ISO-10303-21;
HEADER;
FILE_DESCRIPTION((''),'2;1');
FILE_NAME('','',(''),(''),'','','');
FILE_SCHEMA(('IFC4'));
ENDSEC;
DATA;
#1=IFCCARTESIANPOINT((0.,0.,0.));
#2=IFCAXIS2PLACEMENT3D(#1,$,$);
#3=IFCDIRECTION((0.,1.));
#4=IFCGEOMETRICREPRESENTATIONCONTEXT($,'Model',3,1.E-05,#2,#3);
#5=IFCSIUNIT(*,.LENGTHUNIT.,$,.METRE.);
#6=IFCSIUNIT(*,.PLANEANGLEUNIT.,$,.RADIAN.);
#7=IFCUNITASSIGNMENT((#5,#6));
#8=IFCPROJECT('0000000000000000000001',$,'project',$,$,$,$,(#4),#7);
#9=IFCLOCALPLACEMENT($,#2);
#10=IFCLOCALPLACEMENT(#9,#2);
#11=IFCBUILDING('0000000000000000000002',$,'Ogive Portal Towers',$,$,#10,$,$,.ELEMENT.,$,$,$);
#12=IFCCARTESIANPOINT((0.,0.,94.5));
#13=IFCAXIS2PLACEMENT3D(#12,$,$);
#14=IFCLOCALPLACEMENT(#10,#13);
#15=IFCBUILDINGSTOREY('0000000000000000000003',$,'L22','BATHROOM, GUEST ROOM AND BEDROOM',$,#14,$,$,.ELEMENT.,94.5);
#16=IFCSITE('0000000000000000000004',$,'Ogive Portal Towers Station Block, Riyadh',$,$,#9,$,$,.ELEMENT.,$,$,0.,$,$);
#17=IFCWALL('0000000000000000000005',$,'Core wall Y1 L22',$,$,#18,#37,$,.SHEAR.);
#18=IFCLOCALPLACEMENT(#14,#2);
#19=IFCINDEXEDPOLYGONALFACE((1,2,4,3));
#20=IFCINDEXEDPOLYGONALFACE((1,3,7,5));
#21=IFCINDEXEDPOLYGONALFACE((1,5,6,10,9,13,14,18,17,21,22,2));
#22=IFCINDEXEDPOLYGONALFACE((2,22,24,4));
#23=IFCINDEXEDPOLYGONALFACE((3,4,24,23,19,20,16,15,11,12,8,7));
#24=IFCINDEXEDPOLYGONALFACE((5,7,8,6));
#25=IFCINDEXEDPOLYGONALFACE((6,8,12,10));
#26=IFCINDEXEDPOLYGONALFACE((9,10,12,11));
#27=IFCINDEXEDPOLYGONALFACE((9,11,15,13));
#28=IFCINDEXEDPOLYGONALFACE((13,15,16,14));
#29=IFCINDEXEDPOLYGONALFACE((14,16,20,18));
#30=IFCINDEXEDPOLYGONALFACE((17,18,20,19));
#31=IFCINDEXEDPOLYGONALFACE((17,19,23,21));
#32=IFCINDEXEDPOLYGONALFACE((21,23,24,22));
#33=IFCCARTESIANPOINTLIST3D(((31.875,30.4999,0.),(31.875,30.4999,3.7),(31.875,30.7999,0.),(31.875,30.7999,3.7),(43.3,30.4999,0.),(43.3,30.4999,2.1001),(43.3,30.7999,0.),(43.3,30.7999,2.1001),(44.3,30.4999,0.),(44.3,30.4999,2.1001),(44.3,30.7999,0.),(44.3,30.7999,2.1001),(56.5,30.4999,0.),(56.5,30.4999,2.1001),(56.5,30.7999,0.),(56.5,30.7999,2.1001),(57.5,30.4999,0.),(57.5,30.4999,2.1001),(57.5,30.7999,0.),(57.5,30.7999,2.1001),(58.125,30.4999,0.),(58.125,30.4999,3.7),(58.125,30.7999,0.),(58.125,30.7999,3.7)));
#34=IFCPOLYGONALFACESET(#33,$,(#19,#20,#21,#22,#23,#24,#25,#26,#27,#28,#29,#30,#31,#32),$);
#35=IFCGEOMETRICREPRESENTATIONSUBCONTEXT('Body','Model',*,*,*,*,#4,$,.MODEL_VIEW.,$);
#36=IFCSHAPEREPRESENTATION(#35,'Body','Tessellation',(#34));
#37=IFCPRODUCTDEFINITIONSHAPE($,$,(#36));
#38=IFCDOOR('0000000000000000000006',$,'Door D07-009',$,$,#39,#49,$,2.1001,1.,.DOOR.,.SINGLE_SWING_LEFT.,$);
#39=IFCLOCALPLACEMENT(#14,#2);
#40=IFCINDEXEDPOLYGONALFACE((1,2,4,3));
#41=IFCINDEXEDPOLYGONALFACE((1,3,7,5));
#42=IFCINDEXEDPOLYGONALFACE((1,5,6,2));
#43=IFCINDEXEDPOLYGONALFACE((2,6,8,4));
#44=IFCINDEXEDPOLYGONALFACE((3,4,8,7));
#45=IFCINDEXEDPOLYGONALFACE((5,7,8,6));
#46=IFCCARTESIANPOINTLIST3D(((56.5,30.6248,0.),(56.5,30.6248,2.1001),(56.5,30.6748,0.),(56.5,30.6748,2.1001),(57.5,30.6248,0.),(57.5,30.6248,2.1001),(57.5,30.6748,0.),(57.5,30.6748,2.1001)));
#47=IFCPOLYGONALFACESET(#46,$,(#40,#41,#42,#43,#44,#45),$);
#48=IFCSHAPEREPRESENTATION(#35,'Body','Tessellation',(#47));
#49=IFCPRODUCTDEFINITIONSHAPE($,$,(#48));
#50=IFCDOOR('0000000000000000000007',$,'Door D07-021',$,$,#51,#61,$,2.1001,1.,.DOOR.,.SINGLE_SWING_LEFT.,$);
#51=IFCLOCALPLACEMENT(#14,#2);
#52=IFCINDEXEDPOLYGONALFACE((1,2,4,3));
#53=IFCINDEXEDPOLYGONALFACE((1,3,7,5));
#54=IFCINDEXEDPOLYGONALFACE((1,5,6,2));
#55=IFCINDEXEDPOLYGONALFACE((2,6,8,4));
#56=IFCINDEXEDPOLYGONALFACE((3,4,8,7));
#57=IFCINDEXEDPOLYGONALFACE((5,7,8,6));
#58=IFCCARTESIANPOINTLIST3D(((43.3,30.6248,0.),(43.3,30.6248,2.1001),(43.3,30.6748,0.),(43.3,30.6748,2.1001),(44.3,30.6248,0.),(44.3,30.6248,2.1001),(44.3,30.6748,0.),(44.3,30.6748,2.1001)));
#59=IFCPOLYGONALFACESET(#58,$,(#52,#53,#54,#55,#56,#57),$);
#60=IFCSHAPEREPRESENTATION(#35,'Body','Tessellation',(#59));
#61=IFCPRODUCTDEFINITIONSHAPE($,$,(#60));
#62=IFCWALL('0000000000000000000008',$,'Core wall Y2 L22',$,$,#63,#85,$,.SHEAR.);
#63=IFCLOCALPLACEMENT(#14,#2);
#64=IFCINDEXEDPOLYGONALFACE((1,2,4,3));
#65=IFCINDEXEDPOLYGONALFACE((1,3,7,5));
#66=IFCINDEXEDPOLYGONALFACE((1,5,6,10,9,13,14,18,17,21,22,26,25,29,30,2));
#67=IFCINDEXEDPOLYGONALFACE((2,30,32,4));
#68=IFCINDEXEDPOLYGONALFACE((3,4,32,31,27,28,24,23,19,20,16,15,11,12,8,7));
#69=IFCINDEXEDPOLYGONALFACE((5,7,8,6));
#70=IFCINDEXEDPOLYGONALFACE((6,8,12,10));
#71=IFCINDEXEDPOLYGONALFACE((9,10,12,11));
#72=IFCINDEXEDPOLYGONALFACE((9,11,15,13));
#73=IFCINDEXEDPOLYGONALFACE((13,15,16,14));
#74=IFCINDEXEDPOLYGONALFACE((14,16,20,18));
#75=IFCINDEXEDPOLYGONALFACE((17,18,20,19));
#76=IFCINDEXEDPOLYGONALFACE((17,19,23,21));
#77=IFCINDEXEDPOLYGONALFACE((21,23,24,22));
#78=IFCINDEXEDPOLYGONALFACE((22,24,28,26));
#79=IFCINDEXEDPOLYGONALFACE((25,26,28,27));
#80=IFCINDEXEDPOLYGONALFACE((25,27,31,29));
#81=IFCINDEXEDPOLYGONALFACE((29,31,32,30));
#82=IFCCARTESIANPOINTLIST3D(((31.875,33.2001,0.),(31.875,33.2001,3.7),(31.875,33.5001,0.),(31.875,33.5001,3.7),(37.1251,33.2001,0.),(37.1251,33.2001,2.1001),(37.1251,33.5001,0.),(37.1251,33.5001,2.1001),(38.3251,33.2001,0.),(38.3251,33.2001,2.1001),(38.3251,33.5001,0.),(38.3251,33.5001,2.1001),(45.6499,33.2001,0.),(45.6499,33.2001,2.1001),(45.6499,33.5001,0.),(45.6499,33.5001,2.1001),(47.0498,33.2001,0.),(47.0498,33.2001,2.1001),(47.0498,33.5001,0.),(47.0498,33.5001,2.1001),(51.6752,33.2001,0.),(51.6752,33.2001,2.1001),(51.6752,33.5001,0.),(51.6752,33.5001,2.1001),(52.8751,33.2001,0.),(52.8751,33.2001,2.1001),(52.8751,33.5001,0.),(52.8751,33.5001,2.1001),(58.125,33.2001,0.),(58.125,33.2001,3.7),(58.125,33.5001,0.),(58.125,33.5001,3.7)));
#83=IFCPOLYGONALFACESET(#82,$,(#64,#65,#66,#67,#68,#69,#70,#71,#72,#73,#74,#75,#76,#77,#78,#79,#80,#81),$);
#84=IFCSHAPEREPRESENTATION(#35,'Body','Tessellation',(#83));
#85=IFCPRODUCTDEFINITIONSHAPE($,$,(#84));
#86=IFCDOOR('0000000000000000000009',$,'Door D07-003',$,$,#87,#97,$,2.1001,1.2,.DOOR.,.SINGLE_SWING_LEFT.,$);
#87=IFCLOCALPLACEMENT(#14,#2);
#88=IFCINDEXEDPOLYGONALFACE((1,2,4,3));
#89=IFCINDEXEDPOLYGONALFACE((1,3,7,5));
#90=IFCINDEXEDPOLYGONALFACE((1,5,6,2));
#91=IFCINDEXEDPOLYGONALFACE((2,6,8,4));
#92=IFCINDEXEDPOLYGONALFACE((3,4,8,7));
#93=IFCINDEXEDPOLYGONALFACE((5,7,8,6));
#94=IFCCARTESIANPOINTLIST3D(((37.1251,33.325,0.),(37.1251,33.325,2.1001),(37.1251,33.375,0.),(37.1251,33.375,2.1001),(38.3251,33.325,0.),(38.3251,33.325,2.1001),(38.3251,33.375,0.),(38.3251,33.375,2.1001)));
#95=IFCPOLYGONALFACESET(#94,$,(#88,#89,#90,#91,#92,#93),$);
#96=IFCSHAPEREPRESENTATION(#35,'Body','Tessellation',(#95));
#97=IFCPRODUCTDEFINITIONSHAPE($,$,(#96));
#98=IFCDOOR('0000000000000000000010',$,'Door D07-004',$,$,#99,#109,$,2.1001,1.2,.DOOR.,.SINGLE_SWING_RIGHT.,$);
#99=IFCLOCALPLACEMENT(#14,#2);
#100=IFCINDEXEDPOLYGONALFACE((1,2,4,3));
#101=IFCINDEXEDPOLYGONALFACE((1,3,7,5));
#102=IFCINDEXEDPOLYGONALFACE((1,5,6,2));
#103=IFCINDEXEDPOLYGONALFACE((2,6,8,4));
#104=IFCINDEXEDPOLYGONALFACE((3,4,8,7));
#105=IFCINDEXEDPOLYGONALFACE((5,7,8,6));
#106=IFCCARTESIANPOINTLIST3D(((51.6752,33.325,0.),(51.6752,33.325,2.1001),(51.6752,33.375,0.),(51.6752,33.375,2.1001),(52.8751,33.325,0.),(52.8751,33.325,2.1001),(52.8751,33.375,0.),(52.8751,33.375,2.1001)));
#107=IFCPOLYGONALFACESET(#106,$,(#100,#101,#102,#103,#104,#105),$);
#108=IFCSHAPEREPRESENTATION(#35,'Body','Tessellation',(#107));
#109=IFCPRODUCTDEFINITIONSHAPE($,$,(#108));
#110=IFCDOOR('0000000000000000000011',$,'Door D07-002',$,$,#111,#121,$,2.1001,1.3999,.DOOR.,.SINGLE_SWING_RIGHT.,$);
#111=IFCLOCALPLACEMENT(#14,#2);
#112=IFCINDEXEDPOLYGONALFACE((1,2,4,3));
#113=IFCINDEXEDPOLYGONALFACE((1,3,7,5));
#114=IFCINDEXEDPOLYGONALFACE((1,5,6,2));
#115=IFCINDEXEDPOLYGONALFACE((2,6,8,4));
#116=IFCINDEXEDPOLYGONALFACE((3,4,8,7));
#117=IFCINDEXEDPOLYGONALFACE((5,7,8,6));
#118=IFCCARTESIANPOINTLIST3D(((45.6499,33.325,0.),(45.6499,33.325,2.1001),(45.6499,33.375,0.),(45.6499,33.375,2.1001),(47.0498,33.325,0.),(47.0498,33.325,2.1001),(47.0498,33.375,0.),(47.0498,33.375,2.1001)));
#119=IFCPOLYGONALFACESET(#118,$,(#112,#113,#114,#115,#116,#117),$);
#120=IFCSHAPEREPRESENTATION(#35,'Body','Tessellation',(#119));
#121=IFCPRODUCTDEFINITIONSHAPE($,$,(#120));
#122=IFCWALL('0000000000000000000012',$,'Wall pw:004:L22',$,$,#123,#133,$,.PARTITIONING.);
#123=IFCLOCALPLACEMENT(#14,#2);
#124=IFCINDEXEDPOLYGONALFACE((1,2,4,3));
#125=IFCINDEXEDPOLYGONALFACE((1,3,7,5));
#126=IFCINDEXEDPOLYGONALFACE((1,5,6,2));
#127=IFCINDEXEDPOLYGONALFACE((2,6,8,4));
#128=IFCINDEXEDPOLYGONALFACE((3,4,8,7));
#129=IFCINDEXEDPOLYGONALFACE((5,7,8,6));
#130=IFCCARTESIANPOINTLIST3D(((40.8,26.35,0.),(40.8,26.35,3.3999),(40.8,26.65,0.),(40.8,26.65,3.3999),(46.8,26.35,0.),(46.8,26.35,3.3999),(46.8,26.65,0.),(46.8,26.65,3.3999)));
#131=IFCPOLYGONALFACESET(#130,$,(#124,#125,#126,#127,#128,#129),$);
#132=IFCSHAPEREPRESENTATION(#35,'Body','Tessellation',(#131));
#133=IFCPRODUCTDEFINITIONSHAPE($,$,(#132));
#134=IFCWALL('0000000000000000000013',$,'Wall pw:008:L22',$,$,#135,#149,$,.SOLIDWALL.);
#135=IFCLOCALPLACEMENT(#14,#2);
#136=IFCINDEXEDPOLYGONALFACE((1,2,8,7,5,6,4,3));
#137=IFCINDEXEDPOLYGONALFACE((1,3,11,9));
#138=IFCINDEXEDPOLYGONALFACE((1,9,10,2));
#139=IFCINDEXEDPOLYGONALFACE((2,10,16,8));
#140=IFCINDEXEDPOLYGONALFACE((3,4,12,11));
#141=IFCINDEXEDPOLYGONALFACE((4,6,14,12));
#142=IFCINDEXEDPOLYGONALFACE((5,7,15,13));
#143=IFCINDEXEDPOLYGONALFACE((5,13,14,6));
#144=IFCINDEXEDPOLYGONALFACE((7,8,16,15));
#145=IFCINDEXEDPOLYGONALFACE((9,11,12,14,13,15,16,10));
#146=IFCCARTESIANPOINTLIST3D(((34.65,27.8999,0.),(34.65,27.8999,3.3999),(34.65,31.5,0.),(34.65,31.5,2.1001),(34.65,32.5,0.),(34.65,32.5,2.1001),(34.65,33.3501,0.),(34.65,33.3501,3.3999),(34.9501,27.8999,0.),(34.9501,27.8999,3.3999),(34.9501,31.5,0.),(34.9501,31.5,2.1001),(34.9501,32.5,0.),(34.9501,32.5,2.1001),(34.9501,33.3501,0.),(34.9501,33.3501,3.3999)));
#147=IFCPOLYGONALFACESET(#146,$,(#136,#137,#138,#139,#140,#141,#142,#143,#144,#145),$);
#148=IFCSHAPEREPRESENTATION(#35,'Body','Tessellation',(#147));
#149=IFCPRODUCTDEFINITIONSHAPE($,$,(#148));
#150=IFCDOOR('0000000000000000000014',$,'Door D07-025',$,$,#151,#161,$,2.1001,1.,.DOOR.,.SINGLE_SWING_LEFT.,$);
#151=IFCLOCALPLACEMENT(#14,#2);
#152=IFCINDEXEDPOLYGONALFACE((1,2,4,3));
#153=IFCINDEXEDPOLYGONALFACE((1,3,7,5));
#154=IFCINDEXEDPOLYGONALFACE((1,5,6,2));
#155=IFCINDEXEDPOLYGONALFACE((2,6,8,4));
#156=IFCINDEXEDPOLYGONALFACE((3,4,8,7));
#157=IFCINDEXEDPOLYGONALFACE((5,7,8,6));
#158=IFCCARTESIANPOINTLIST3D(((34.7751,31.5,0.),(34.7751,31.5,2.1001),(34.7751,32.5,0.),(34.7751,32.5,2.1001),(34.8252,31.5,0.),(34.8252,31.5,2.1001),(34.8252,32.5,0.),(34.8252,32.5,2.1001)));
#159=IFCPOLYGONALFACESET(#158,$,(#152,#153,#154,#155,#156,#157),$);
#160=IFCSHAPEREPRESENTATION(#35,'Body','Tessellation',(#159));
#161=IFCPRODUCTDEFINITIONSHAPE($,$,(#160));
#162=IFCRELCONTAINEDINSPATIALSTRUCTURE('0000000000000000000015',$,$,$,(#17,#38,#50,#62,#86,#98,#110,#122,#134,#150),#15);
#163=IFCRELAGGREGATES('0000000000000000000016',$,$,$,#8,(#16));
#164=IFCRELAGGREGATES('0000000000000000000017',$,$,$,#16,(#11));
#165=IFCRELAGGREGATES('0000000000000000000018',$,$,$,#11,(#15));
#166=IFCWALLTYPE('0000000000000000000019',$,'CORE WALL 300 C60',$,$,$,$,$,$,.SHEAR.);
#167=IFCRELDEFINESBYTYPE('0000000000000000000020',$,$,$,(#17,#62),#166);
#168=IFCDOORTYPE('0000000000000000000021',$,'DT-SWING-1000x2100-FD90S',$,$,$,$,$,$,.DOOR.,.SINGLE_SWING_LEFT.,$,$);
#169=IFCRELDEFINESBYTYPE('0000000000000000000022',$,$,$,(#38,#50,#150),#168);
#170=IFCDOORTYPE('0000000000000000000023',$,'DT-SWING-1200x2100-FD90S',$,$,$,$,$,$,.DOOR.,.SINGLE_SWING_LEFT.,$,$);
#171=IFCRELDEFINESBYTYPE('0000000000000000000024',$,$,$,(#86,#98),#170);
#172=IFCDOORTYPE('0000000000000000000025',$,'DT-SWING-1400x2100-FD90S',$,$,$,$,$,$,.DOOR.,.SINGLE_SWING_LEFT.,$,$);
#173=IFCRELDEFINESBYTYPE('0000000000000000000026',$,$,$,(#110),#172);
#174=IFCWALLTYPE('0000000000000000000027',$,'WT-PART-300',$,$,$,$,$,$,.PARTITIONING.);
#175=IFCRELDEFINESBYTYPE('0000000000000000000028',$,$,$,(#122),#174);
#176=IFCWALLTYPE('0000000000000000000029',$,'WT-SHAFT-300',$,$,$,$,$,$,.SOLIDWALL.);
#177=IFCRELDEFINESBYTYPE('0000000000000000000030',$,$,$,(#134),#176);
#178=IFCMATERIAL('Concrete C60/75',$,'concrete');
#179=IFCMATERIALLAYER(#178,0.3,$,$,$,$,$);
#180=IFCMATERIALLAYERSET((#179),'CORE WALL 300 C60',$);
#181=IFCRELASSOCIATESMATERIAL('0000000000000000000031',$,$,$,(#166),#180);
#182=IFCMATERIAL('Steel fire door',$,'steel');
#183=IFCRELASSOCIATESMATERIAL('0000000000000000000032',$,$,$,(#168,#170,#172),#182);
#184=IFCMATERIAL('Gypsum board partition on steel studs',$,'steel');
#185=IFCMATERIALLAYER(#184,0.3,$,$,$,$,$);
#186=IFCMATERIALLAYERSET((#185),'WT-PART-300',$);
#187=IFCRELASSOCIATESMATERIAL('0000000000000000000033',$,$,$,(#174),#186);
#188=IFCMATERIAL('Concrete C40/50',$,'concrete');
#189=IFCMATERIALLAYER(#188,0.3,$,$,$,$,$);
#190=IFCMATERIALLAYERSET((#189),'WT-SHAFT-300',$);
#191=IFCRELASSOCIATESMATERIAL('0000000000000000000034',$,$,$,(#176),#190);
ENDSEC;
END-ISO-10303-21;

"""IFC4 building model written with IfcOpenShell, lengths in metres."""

from ifc_helpers import new_model, si_unit, direction, frame, frame_2d, origin, place, context, subcontext, project, spatial, rectangle, extrude, material, layer, layer_set, type_object, element, fill, save


model = new_model("IFC4")

# Units and contexts
model_context = context("Model", 3, precision=1e-05, world=origin(), true_north=direction((0.0, 1.0)))
body_context = subcontext(model_context, "Body", "Model", "MODEL_VIEW")
ifc_project = project(units=[si_unit("LENGTHUNIT", "METRE"), si_unit("PLANEANGLEUNIT", "RADIAN")], contexts=[model_context])

# Site, building, storey
site_placement = place(None, origin())
site = spatial("IfcSite", under=ifc_project, at=site_placement, Name="Ogive Portal Towers Station Block, Riyadh", CompositionType="ELEMENT", RefElevation=0.0)
building_placement = place(site_placement, origin())
building = spatial("IfcBuilding", under=site, at=building_placement, Name="Ogive Portal Towers", CompositionType="ELEMENT")
storey_placement = place(building_placement, frame((0.0, 0.0, 94.5)))
storey = spatial("IfcBuildingStorey", under=building, at=storey_placement, Name="L22", Description="BATHROOM, GUEST ROOM AND BEDROOM", CompositionType="ELEMENT", Elevation=94.5)

# Walls, openings, doors
ifc_material_1 = material(Name="Concrete C60/75", Category="concrete")
ifc_layer_1 = layer(ifc_material_1, 0.3)
ifc_layer_set_1 = layer_set([ifc_layer_1], Name="CORE WALL 300 C60")
wall_type_1 = type_object("IfcWallType", Name="CORE WALL 300 C60", PredefinedType="SHEAR", material=ifc_layer_set_1)
wall_1_placement = place(storey_placement, frame((31.875, 30.6499, 0.0), z_axis=(0.0, 0.0, 1.0), x_axis=(1.0, 0.0, 0.0)))
wall_1 = element("IfcWall", 1, at=wall_1_placement, inside=storey, type_object=wall_type_1, Name="Core wall Y1 L22", PredefinedType="SHEAR", context=body_context, shape_type="SweptSolid", body=[
    extrude(rectangle(XDim=26.25, YDim=0.3, at=frame_2d((13.125, 0.0))), origin(), (0.0, 0.0, 1.0), 3.7),
])
opening_1_placement = place(wall_1_placement, frame((24.625, 0.0, 0.0)))
opening_1 = element("IfcOpeningElement", 2, at=opening_1_placement, cuts=wall_1, PredefinedType="OPENING", context=body_context, shape_type="SweptSolid", body=[
    extrude(rectangle(XDim=1.0, YDim=2.1001, at=frame_2d((0.5, 1.05))), frame((0.0, 0.1602, 0.0), z_axis=(0.0, -1.0, 0.0), x_axis=(1.0, 0.0, 0.0)), (0.0, 0.0, 1.0), 0.3201),
])
opening_2_placement = place(wall_1_placement, frame((11.425, 0.0, 0.0)))
opening_2 = element("IfcOpeningElement", 3, at=opening_2_placement, cuts=wall_1, PredefinedType="OPENING", context=body_context, shape_type="SweptSolid", body=[
    extrude(rectangle(XDim=1.0, YDim=2.1001, at=frame_2d((0.5, 1.05))), frame((0.0, 0.1602, 0.0), z_axis=(0.0, -1.0, 0.0), x_axis=(1.0, 0.0, 0.0)), (0.0, 0.0, 1.0), 0.3201),
])
ifc_material_2 = material(Name="Steel fire door", Category="steel")
door_type_1 = type_object("IfcDoorType", Name="DT-SWING-1000x2100-FD90S", OperationType="SINGLE_SWING_LEFT", PredefinedType="DOOR", material=ifc_material_2)
door_1_placement = place(opening_1_placement, origin())
door_1 = element("IfcDoor", 4, at=door_1_placement, inside=storey, type_object=door_type_1, Name="Door D07-009", OperationType="SINGLE_SWING_LEFT", OverallHeight=2.1001, OverallWidth=1.0, PredefinedType="DOOR", context=body_context, shape_type="SweptSolid", body=[
    extrude(rectangle(XDim=1.0, YDim=2.1001, at=frame_2d((0.5, 1.05))), frame((0.0, 0.0249, 0.0), z_axis=(0.0, -1.0, 0.0), x_axis=(1.0, 0.0, 0.0)), (0.0, 0.0, 1.0), 0.05),
])
fill(opening_1, door_1)
door_2_placement = place(opening_2_placement, origin())
door_2 = element("IfcDoor", 5, at=door_2_placement, inside=storey, type_object=door_type_1, Name="Door D07-021", OperationType="SINGLE_SWING_LEFT", OverallHeight=2.1001, OverallWidth=1.0, PredefinedType="DOOR", context=body_context, shape_type="SweptSolid", body=[
    extrude(rectangle(XDim=1.0, YDim=2.1001, at=frame_2d((0.5, 1.05))), frame((0.0, 0.0249, 0.0), z_axis=(0.0, -1.0, 0.0), x_axis=(1.0, 0.0, 0.0)), (0.0, 0.0, 1.0), 0.05),
])
fill(opening_2, door_2)
wall_2_placement = place(storey_placement, frame((31.875, 33.3501, 0.0), z_axis=(0.0, 0.0, 1.0), x_axis=(1.0, 0.0, 0.0)))
wall_2 = element("IfcWall", 6, at=wall_2_placement, inside=storey, type_object=wall_type_1, Name="Core wall Y2 L22", PredefinedType="SHEAR", context=body_context, shape_type="SweptSolid", body=[
    extrude(rectangle(XDim=26.25, YDim=0.3, at=frame_2d((13.125, 0.0))), origin(), (0.0, 0.0, 1.0), 3.7),
])
opening_3_placement = place(wall_2_placement, frame((13.7749, 0.0, 0.0)))
opening_3 = element("IfcOpeningElement", 7, at=opening_3_placement, cuts=wall_2, PredefinedType="OPENING", context=body_context, shape_type="SweptSolid", body=[
    extrude(rectangle(XDim=1.3999, YDim=2.1001, at=frame_2d((0.7, 1.05))), frame((0.0, 0.1602, 0.0), z_axis=(0.0, -1.0, 0.0), x_axis=(1.0, 0.0, 0.0)), (0.0, 0.0, 1.0), 0.3201),
])
opening_4_placement = place(wall_2_placement, frame((5.25, 0.0, 0.0)))
opening_4 = element("IfcOpeningElement", 8, at=opening_4_placement, cuts=wall_2, PredefinedType="OPENING", context=body_context, shape_type="SweptSolid", body=[
    extrude(rectangle(XDim=1.2, YDim=2.1001, at=frame_2d((0.6001, 1.05))), frame((0.0, 0.1602, 0.0), z_axis=(0.0, -1.0, 0.0), x_axis=(1.0, 0.0, 0.0)), (0.0, 0.0, 1.0), 0.3201),
])
opening_5_placement = place(wall_2_placement, frame((19.8, 0.0, 0.0)))
opening_5 = element("IfcOpeningElement", 9, at=opening_5_placement, cuts=wall_2, PredefinedType="OPENING", context=body_context, shape_type="SweptSolid", body=[
    extrude(rectangle(XDim=1.2, YDim=2.1001, at=frame_2d((0.6001, 1.05))), frame((0.0, 0.1602, 0.0), z_axis=(0.0, -1.0, 0.0), x_axis=(1.0, 0.0, 0.0)), (0.0, 0.0, 1.0), 0.3201),
])
door_type_2 = type_object("IfcDoorType", Name="DT-SWING-1200x2100-FD90S", OperationType="SINGLE_SWING_LEFT", PredefinedType="DOOR", material=ifc_material_2)
door_3_placement = place(opening_4_placement, origin())
door_3 = element("IfcDoor", 10, at=door_3_placement, inside=storey, type_object=door_type_2, Name="Door D07-003", OperationType="SINGLE_SWING_LEFT", OverallHeight=2.1001, OverallWidth=1.2, PredefinedType="DOOR", context=body_context, shape_type="SweptSolid", body=[
    extrude(rectangle(XDim=1.2, YDim=2.1001, at=frame_2d((0.6001, 1.05))), frame((0.0, 0.0249, 0.0), z_axis=(0.0, -1.0, 0.0), x_axis=(1.0, 0.0, 0.0)), (0.0, 0.0, 1.0), 0.05),
])
fill(opening_4, door_3)
door_4_placement = place(opening_5_placement, origin())
door_4 = element("IfcDoor", 11, at=door_4_placement, inside=storey, type_object=door_type_2, Name="Door D07-004", OperationType="SINGLE_SWING_RIGHT", OverallHeight=2.1001, OverallWidth=1.2, PredefinedType="DOOR", context=body_context, shape_type="SweptSolid", body=[
    extrude(rectangle(XDim=1.2, YDim=2.1001, at=frame_2d((0.6001, 1.05))), frame((0.0, 0.0249, 0.0), z_axis=(0.0, -1.0, 0.0), x_axis=(1.0, 0.0, 0.0)), (0.0, 0.0, 1.0), 0.05),
])
fill(opening_5, door_4)
door_type_3 = type_object("IfcDoorType", Name="DT-SWING-1400x2100-FD90S", OperationType="SINGLE_SWING_LEFT", PredefinedType="DOOR", material=ifc_material_2)
door_5_placement = place(opening_3_placement, origin())
door_5 = element("IfcDoor", 12, at=door_5_placement, inside=storey, type_object=door_type_3, Name="Door D07-002", OperationType="SINGLE_SWING_RIGHT", OverallHeight=2.1001, OverallWidth=1.3999, PredefinedType="DOOR", context=body_context, shape_type="SweptSolid", body=[
    extrude(rectangle(XDim=1.3999, YDim=2.1001, at=frame_2d((0.7, 1.05))), frame((0.0, 0.0249, 0.0), z_axis=(0.0, -1.0, 0.0), x_axis=(1.0, 0.0, 0.0)), (0.0, 0.0, 1.0), 0.05),
])
fill(opening_3, door_5)

# Wall
ifc_material_3 = material(Name="Gypsum board partition on steel studs", Category="steel")
ifc_layer_2 = layer(ifc_material_3, 0.3)
ifc_layer_set_2 = layer_set([ifc_layer_2], Name="WT-PART-300")
wall_type_2 = type_object("IfcWallType", Name="WT-PART-300", PredefinedType="PARTITIONING", material=ifc_layer_set_2)
wall_3_placement = place(storey_placement, frame((40.8, 26.5, 0.0), z_axis=(0.0, 0.0, 1.0), x_axis=(1.0, 0.0, 0.0)))
element("IfcWall", 13, at=wall_3_placement, inside=storey, type_object=wall_type_2, Name="Wall pw:004:L22", PredefinedType="PARTITIONING", context=body_context, shape_type="SweptSolid", body=[
    extrude(rectangle(XDim=6.0, YDim=0.3, at=frame_2d((3.0, 0.0))), origin(), (0.0, 0.0, 1.0), 3.3999),
])

# Shared definitions
ifc_material_4 = material(Name="Concrete C40/50", Category="concrete")
ifc_layer_3 = layer(ifc_material_4, 0.3)
ifc_layer_set_3 = layer_set([ifc_layer_3], Name="WT-SHAFT-300")
wall_type_3 = type_object("IfcWallType", Name="WT-SHAFT-300", PredefinedType="SOLIDWALL", material=ifc_layer_set_3)

# Wall, opening, door
wall_4_placement = place(storey_placement, frame((34.8, 27.8999, 0.0), z_axis=(0.0, 0.0, 1.0), x_axis=(0.0, 1.0, 0.0)))
wall_4 = element("IfcWall", 14, at=wall_4_placement, inside=storey, type_object=wall_type_3, Name="Wall pw:008:L22", PredefinedType="SOLIDWALL", context=body_context, shape_type="SweptSolid", body=[
    extrude(rectangle(XDim=5.4502, YDim=0.3, at=frame_2d((2.7251, 0.0))), origin(), (0.0, 0.0, 1.0), 3.3999),
])
opening_6_placement = place(wall_4_placement, frame((3.6001, 0.0, 0.0)))
opening_6 = element("IfcOpeningElement", 15, at=opening_6_placement, cuts=wall_4, PredefinedType="OPENING", context=body_context, shape_type="SweptSolid", body=[
    extrude(rectangle(XDim=1.0, YDim=2.1001, at=frame_2d((0.5, 1.05))), frame((0.0, 0.1602, 0.0), z_axis=(0.0, -1.0, 0.0), x_axis=(1.0, 0.0, 0.0)), (0.0, 0.0, 1.0), 0.3201),
])
door_6_placement = place(opening_6_placement, origin())
door_6 = element("IfcDoor", 16, at=door_6_placement, inside=storey, type_object=door_type_1, Name="Door D07-025", OperationType="SINGLE_SWING_LEFT", OverallHeight=2.1001, OverallWidth=1.0, PredefinedType="DOOR", context=body_context, shape_type="SweptSolid", body=[
    extrude(rectangle(XDim=1.0, YDim=2.1001, at=frame_2d((0.5, 1.05))), frame((0.0, 0.0249, 0.0), z_axis=(0.0, -1.0, 0.0), x_axis=(1.0, 0.0, 0.0)), (0.0, 0.0, 1.0), 0.05),
])
fill(opening_6, door_6)

save(model, "model.ifc")
